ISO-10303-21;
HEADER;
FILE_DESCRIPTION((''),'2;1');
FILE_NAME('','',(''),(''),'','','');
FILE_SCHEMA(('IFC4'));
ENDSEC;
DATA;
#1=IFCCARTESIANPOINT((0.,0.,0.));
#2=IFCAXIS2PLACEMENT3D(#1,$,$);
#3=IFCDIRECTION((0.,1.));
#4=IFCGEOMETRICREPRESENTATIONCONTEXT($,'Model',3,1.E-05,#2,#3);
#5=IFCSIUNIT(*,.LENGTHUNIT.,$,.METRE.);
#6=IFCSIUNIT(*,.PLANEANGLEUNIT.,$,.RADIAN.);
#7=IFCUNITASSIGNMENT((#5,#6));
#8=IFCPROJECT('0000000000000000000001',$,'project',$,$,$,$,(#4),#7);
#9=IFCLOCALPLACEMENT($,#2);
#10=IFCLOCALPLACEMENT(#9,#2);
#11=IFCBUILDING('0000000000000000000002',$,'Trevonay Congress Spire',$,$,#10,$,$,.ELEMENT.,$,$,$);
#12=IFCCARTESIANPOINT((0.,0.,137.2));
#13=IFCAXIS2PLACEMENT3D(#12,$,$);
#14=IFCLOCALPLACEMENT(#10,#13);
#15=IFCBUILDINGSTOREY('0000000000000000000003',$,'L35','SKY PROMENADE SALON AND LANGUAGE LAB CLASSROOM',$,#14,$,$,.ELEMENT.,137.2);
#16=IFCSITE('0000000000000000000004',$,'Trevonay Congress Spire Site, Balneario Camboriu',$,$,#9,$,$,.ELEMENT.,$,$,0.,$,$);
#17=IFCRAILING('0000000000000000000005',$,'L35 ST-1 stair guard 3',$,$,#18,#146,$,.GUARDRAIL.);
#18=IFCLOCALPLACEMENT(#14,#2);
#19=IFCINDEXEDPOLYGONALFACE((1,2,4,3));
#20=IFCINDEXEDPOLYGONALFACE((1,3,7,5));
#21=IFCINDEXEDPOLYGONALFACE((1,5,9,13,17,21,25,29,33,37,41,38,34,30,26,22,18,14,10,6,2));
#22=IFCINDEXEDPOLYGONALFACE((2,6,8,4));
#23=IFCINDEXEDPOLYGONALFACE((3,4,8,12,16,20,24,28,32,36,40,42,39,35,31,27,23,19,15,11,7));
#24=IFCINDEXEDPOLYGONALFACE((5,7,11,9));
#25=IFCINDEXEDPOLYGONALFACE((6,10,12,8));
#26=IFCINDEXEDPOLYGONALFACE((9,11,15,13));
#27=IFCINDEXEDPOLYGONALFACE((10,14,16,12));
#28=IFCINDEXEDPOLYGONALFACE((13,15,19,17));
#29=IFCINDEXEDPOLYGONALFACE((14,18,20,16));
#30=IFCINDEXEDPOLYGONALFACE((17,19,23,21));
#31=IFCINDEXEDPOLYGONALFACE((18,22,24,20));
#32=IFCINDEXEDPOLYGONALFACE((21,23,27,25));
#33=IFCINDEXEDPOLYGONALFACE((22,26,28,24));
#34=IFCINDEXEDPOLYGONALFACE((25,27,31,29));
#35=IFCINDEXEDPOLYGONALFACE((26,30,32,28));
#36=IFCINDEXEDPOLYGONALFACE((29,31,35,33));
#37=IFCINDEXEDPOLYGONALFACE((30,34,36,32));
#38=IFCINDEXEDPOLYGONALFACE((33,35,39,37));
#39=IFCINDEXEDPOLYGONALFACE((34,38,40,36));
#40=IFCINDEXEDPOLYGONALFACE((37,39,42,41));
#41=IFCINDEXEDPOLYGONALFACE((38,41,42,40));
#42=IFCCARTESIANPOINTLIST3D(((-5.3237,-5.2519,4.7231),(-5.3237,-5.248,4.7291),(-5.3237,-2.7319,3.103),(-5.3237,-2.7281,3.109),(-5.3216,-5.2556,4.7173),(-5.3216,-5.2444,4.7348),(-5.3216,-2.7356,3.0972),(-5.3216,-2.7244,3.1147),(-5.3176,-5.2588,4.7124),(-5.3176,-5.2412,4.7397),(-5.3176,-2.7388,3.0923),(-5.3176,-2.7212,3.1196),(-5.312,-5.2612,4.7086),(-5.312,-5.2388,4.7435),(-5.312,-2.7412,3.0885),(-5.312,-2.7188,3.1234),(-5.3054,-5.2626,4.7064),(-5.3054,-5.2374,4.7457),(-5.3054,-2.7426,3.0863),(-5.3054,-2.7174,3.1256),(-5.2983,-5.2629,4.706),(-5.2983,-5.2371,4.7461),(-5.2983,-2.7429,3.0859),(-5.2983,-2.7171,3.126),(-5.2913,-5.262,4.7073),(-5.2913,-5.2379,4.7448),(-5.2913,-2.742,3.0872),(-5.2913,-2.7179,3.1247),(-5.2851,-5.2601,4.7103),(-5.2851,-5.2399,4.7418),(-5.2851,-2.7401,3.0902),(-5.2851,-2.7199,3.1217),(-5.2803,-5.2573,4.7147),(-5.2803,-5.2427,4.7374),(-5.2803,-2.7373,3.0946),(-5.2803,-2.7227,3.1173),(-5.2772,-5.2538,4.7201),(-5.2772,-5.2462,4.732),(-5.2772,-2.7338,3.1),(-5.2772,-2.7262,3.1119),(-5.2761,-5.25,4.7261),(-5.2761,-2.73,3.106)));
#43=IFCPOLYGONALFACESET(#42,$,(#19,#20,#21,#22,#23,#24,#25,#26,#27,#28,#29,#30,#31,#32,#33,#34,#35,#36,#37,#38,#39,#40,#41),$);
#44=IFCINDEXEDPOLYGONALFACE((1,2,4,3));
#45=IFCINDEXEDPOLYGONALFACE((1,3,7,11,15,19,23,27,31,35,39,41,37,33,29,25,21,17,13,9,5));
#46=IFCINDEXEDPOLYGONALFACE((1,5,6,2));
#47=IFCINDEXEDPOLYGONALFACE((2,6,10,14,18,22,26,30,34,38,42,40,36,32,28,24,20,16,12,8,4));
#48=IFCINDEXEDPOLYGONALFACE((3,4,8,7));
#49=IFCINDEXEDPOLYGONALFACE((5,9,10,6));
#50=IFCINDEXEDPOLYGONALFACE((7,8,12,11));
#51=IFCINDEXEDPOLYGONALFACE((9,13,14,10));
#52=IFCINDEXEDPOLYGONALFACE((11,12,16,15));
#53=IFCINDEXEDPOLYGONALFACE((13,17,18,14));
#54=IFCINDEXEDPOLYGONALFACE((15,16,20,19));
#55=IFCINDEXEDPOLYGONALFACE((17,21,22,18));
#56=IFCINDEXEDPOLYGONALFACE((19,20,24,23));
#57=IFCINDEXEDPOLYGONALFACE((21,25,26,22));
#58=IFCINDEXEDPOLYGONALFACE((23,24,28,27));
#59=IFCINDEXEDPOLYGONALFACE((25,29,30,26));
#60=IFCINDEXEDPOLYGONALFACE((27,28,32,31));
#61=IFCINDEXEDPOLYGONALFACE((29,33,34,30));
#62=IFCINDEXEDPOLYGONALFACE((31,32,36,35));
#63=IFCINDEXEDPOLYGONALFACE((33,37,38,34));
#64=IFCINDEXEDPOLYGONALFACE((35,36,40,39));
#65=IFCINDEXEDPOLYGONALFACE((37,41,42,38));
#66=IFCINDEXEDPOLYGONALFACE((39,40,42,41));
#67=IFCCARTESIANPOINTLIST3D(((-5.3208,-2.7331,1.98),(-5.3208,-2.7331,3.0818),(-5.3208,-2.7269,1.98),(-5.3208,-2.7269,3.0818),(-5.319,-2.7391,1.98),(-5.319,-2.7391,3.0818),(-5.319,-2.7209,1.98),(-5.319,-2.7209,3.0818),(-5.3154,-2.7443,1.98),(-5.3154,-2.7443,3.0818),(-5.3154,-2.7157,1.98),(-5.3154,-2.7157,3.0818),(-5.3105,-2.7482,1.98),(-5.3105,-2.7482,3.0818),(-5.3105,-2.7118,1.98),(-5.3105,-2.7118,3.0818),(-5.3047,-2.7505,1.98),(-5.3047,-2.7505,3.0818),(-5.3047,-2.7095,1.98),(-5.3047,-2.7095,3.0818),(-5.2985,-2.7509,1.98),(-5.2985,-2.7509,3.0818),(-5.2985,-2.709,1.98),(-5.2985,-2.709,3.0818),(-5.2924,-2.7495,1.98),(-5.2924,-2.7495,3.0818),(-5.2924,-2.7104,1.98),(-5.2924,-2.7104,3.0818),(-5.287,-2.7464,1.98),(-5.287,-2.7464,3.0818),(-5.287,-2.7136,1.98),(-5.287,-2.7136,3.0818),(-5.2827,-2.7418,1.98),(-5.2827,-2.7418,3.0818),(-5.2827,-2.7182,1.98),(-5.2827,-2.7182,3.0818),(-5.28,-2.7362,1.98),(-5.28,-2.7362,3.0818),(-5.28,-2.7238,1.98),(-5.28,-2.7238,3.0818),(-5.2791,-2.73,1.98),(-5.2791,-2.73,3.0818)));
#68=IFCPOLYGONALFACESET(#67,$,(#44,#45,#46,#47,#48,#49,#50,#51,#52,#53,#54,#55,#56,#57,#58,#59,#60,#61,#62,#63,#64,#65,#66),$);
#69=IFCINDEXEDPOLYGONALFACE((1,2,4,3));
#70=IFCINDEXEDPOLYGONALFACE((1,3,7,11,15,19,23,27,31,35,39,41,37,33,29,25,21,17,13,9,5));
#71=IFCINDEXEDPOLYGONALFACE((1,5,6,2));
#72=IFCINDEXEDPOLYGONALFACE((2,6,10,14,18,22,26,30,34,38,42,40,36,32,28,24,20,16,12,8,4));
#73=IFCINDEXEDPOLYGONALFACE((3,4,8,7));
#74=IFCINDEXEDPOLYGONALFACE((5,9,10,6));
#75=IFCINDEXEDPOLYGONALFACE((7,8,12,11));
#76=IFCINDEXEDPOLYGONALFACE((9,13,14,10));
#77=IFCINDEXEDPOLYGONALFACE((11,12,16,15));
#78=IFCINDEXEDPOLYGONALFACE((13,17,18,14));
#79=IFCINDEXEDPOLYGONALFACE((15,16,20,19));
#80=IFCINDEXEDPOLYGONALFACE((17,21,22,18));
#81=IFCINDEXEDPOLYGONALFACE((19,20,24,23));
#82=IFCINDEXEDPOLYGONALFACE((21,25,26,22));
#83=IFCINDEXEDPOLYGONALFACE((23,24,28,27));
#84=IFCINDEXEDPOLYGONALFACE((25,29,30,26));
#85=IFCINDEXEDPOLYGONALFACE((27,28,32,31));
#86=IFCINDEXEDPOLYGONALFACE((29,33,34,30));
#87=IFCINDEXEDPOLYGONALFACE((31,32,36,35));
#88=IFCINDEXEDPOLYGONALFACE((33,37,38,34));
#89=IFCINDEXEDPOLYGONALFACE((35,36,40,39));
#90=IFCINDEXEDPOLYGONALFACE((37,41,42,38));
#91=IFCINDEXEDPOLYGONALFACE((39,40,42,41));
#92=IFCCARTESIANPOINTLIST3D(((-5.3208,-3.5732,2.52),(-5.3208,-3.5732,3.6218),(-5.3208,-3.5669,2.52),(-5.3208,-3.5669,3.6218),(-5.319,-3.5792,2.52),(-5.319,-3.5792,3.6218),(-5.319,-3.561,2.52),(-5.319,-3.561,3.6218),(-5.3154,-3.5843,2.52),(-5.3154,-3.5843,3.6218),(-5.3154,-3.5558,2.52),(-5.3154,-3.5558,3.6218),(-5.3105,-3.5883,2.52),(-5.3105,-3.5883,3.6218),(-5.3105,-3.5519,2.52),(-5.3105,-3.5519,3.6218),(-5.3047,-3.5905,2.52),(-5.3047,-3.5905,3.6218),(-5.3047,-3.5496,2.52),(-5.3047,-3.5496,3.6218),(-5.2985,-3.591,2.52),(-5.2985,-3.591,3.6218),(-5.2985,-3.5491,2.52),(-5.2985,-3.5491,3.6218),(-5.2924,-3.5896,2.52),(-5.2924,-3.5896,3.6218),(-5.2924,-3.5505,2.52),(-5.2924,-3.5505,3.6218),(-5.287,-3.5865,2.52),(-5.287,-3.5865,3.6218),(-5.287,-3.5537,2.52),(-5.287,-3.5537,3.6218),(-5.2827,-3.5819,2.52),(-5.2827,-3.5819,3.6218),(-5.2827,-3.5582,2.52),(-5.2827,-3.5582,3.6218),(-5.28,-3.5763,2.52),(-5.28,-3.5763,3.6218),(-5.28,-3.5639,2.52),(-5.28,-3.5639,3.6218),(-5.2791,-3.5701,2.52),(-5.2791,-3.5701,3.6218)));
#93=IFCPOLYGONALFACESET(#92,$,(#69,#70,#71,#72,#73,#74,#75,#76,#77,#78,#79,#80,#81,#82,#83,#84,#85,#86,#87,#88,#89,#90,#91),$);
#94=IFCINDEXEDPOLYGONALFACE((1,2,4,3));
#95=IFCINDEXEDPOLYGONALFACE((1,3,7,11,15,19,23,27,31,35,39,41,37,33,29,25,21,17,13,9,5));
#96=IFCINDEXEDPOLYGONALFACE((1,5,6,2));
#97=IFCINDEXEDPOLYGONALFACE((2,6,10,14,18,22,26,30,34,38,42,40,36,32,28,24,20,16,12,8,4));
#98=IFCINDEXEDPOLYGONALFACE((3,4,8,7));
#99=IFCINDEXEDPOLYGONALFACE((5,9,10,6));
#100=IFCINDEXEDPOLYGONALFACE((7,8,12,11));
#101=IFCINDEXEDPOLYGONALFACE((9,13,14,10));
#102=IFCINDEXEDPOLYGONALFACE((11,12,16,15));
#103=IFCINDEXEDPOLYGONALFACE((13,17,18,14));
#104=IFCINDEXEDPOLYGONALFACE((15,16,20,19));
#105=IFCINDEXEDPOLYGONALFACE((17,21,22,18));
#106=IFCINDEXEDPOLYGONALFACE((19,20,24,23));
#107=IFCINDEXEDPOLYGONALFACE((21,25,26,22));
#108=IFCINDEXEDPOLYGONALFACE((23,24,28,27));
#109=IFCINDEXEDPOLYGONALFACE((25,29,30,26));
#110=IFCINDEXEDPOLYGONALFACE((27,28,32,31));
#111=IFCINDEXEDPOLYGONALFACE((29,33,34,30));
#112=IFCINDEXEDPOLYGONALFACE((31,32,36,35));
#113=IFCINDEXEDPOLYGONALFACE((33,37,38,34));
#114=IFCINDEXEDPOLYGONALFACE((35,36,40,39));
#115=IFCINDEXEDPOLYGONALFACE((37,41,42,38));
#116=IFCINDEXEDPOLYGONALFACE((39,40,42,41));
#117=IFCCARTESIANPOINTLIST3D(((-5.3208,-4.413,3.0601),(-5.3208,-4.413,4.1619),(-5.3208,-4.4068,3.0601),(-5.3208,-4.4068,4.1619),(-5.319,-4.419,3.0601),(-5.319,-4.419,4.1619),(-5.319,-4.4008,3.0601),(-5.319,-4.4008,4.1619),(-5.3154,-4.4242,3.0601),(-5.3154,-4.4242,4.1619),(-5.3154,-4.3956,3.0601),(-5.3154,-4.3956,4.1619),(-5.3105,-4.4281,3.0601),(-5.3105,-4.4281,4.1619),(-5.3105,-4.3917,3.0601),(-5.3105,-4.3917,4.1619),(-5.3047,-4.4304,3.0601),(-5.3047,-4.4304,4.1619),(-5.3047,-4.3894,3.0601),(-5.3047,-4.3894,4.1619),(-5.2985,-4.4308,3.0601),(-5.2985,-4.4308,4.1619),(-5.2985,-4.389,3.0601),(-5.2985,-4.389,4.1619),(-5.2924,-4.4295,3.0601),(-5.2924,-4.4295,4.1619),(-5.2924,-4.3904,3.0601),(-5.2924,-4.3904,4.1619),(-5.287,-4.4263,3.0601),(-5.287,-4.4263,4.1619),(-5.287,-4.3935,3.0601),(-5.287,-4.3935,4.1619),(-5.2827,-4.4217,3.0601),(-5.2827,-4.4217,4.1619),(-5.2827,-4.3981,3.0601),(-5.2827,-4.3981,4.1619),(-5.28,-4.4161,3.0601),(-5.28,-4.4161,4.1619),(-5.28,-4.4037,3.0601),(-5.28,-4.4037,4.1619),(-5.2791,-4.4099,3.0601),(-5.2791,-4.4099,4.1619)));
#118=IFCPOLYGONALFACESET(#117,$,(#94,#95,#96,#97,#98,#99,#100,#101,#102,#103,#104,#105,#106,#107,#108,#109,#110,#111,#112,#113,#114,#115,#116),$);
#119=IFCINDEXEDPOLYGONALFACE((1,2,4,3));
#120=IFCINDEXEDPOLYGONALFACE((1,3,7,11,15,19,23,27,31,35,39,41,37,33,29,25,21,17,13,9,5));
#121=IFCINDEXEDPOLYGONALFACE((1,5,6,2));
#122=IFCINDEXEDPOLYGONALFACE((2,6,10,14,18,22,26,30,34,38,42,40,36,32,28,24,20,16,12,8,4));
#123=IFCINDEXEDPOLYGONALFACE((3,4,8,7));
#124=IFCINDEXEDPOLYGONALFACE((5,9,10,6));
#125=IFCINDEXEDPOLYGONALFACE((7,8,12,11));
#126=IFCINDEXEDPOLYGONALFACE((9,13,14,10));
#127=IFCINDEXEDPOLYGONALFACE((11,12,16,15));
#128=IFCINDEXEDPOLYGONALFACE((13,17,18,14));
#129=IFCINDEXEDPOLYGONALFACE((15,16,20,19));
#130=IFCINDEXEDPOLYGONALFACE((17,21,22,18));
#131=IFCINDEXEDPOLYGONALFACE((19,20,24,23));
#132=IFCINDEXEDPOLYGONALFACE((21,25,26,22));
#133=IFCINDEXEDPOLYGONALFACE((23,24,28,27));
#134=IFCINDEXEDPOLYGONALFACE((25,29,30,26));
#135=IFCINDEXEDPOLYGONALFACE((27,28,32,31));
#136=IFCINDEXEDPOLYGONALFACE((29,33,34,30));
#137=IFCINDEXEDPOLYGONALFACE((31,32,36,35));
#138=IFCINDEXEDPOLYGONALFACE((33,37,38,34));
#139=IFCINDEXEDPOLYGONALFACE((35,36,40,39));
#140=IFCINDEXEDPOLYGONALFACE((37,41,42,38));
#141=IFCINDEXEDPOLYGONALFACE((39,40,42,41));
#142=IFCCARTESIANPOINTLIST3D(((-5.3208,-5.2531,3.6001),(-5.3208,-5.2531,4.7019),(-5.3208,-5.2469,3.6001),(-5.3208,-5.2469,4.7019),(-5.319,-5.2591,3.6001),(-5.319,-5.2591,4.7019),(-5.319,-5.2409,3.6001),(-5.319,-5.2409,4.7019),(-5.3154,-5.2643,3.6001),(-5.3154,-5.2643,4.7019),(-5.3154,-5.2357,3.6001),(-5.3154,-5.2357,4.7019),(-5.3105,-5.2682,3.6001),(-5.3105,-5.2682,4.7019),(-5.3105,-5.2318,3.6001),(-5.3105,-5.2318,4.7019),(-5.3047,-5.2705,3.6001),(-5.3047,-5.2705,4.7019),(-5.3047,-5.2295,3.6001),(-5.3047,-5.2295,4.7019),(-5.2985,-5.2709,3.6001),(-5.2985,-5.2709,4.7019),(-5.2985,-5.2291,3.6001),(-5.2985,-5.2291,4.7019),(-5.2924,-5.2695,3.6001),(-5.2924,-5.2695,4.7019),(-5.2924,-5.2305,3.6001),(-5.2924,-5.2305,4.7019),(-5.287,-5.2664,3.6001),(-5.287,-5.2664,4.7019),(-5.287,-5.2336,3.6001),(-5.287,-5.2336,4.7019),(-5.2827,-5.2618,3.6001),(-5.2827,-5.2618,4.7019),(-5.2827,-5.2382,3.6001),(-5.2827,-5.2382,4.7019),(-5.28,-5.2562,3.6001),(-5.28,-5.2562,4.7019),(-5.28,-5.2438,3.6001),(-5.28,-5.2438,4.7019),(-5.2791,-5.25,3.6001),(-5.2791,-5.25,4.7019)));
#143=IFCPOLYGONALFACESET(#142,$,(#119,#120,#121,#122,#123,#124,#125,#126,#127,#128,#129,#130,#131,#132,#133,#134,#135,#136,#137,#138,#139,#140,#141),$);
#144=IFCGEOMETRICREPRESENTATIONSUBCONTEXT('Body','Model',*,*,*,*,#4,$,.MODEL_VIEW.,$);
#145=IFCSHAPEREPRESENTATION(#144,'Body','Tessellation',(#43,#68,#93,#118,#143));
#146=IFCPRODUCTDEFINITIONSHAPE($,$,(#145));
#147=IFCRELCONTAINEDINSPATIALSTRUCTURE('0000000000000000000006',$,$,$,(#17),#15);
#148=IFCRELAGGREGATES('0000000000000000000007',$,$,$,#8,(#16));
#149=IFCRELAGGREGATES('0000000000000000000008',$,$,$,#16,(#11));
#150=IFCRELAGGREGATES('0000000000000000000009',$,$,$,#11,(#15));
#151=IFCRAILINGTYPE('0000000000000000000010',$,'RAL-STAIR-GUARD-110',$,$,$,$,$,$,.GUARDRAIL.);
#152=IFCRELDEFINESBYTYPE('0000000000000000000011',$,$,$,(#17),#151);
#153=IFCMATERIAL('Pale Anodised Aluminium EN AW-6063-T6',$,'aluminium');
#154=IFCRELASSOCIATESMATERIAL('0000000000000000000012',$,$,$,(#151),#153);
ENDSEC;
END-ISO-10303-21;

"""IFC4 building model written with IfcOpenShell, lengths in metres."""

from ifc_helpers import new_model, si_unit, direction, frame, origin, origin_2d, place, context, subcontext, project, spatial, circle, extrude, material, type_object, element, save


model = new_model("IFC4")

# Units and contexts
model_context = context("Model", 3, precision=1e-05, world=origin(), true_north=direction((0.0, 1.0)))
body_context = subcontext(model_context, "Body", "Model", "MODEL_VIEW")
ifc_project = project(units=[si_unit("LENGTHUNIT", "METRE"), si_unit("PLANEANGLEUNIT", "RADIAN")], contexts=[model_context])

# Site, building, storey
site_placement = place(None, origin())
site = spatial("IfcSite", under=ifc_project, at=site_placement, Name="Trevonay Congress Spire Site, Balneario Camboriu", CompositionType="ELEMENT", RefElevation=0.0)
building_placement = place(site_placement, origin())
building = spatial("IfcBuilding", under=site, at=building_placement, Name="Trevonay Congress Spire", CompositionType="ELEMENT")
storey_placement = place(building_placement, frame((0.0, 0.0, 137.2)))
storey = spatial("IfcBuildingStorey", under=building, at=storey_placement, Name="L35", Description="SKY PROMENADE SALON AND LANGUAGE LAB CLASSROOM", CompositionType="ELEMENT", Elevation=137.2)

# Shared definitions
ifc_material_1 = material(Name="Pale Anodised Aluminium EN AW-6063-T6", Category="aluminium")

# Railing
railing_type_1 = type_object("IfcRailingType", Name="RAL-STAIR-GUARD-110", PredefinedType="GUARDRAIL", material=ifc_material_1)
railing_1_placement = place(storey_placement, frame((-5.3, -2.73, 1.98)))
element("IfcRailing", 1, at=railing_1_placement, inside=storey, type_object=railing_type_1, Name="L35 ST-1 stair guard 3", PredefinedType="GUARDRAIL", context=body_context, shape_type="SweptSolid", body=[
    extrude(circle(Radius=0.0239, at=origin_2d()), frame((0.0, 0.0, 1.126), z_axis=(0.0, -0.841163, 0.540782), x_axis=(1.0, 0.0, 0.0)), (0.0, 0.0, 1.0), 2.9958),
    extrude(circle(Radius=0.021, at=origin_2d()), origin(), (0.0, 0.0, 1.0), 1.1018),
    extrude(circle(Radius=0.021, at=origin_2d()), frame((0.0, -0.8401, 0.54)), (0.0, 0.0, 1.0), 1.1018),
    extrude(circle(Radius=0.021, at=origin_2d()), frame((0.0, -1.6799, 1.0801)), (0.0, 0.0, 1.0), 1.1018),
    extrude(circle(Radius=0.021, at=origin_2d()), frame((0.0, -2.52, 1.6201)), (0.0, 0.0, 1.0), 1.1018),
])

save(model, "model.ifc")
